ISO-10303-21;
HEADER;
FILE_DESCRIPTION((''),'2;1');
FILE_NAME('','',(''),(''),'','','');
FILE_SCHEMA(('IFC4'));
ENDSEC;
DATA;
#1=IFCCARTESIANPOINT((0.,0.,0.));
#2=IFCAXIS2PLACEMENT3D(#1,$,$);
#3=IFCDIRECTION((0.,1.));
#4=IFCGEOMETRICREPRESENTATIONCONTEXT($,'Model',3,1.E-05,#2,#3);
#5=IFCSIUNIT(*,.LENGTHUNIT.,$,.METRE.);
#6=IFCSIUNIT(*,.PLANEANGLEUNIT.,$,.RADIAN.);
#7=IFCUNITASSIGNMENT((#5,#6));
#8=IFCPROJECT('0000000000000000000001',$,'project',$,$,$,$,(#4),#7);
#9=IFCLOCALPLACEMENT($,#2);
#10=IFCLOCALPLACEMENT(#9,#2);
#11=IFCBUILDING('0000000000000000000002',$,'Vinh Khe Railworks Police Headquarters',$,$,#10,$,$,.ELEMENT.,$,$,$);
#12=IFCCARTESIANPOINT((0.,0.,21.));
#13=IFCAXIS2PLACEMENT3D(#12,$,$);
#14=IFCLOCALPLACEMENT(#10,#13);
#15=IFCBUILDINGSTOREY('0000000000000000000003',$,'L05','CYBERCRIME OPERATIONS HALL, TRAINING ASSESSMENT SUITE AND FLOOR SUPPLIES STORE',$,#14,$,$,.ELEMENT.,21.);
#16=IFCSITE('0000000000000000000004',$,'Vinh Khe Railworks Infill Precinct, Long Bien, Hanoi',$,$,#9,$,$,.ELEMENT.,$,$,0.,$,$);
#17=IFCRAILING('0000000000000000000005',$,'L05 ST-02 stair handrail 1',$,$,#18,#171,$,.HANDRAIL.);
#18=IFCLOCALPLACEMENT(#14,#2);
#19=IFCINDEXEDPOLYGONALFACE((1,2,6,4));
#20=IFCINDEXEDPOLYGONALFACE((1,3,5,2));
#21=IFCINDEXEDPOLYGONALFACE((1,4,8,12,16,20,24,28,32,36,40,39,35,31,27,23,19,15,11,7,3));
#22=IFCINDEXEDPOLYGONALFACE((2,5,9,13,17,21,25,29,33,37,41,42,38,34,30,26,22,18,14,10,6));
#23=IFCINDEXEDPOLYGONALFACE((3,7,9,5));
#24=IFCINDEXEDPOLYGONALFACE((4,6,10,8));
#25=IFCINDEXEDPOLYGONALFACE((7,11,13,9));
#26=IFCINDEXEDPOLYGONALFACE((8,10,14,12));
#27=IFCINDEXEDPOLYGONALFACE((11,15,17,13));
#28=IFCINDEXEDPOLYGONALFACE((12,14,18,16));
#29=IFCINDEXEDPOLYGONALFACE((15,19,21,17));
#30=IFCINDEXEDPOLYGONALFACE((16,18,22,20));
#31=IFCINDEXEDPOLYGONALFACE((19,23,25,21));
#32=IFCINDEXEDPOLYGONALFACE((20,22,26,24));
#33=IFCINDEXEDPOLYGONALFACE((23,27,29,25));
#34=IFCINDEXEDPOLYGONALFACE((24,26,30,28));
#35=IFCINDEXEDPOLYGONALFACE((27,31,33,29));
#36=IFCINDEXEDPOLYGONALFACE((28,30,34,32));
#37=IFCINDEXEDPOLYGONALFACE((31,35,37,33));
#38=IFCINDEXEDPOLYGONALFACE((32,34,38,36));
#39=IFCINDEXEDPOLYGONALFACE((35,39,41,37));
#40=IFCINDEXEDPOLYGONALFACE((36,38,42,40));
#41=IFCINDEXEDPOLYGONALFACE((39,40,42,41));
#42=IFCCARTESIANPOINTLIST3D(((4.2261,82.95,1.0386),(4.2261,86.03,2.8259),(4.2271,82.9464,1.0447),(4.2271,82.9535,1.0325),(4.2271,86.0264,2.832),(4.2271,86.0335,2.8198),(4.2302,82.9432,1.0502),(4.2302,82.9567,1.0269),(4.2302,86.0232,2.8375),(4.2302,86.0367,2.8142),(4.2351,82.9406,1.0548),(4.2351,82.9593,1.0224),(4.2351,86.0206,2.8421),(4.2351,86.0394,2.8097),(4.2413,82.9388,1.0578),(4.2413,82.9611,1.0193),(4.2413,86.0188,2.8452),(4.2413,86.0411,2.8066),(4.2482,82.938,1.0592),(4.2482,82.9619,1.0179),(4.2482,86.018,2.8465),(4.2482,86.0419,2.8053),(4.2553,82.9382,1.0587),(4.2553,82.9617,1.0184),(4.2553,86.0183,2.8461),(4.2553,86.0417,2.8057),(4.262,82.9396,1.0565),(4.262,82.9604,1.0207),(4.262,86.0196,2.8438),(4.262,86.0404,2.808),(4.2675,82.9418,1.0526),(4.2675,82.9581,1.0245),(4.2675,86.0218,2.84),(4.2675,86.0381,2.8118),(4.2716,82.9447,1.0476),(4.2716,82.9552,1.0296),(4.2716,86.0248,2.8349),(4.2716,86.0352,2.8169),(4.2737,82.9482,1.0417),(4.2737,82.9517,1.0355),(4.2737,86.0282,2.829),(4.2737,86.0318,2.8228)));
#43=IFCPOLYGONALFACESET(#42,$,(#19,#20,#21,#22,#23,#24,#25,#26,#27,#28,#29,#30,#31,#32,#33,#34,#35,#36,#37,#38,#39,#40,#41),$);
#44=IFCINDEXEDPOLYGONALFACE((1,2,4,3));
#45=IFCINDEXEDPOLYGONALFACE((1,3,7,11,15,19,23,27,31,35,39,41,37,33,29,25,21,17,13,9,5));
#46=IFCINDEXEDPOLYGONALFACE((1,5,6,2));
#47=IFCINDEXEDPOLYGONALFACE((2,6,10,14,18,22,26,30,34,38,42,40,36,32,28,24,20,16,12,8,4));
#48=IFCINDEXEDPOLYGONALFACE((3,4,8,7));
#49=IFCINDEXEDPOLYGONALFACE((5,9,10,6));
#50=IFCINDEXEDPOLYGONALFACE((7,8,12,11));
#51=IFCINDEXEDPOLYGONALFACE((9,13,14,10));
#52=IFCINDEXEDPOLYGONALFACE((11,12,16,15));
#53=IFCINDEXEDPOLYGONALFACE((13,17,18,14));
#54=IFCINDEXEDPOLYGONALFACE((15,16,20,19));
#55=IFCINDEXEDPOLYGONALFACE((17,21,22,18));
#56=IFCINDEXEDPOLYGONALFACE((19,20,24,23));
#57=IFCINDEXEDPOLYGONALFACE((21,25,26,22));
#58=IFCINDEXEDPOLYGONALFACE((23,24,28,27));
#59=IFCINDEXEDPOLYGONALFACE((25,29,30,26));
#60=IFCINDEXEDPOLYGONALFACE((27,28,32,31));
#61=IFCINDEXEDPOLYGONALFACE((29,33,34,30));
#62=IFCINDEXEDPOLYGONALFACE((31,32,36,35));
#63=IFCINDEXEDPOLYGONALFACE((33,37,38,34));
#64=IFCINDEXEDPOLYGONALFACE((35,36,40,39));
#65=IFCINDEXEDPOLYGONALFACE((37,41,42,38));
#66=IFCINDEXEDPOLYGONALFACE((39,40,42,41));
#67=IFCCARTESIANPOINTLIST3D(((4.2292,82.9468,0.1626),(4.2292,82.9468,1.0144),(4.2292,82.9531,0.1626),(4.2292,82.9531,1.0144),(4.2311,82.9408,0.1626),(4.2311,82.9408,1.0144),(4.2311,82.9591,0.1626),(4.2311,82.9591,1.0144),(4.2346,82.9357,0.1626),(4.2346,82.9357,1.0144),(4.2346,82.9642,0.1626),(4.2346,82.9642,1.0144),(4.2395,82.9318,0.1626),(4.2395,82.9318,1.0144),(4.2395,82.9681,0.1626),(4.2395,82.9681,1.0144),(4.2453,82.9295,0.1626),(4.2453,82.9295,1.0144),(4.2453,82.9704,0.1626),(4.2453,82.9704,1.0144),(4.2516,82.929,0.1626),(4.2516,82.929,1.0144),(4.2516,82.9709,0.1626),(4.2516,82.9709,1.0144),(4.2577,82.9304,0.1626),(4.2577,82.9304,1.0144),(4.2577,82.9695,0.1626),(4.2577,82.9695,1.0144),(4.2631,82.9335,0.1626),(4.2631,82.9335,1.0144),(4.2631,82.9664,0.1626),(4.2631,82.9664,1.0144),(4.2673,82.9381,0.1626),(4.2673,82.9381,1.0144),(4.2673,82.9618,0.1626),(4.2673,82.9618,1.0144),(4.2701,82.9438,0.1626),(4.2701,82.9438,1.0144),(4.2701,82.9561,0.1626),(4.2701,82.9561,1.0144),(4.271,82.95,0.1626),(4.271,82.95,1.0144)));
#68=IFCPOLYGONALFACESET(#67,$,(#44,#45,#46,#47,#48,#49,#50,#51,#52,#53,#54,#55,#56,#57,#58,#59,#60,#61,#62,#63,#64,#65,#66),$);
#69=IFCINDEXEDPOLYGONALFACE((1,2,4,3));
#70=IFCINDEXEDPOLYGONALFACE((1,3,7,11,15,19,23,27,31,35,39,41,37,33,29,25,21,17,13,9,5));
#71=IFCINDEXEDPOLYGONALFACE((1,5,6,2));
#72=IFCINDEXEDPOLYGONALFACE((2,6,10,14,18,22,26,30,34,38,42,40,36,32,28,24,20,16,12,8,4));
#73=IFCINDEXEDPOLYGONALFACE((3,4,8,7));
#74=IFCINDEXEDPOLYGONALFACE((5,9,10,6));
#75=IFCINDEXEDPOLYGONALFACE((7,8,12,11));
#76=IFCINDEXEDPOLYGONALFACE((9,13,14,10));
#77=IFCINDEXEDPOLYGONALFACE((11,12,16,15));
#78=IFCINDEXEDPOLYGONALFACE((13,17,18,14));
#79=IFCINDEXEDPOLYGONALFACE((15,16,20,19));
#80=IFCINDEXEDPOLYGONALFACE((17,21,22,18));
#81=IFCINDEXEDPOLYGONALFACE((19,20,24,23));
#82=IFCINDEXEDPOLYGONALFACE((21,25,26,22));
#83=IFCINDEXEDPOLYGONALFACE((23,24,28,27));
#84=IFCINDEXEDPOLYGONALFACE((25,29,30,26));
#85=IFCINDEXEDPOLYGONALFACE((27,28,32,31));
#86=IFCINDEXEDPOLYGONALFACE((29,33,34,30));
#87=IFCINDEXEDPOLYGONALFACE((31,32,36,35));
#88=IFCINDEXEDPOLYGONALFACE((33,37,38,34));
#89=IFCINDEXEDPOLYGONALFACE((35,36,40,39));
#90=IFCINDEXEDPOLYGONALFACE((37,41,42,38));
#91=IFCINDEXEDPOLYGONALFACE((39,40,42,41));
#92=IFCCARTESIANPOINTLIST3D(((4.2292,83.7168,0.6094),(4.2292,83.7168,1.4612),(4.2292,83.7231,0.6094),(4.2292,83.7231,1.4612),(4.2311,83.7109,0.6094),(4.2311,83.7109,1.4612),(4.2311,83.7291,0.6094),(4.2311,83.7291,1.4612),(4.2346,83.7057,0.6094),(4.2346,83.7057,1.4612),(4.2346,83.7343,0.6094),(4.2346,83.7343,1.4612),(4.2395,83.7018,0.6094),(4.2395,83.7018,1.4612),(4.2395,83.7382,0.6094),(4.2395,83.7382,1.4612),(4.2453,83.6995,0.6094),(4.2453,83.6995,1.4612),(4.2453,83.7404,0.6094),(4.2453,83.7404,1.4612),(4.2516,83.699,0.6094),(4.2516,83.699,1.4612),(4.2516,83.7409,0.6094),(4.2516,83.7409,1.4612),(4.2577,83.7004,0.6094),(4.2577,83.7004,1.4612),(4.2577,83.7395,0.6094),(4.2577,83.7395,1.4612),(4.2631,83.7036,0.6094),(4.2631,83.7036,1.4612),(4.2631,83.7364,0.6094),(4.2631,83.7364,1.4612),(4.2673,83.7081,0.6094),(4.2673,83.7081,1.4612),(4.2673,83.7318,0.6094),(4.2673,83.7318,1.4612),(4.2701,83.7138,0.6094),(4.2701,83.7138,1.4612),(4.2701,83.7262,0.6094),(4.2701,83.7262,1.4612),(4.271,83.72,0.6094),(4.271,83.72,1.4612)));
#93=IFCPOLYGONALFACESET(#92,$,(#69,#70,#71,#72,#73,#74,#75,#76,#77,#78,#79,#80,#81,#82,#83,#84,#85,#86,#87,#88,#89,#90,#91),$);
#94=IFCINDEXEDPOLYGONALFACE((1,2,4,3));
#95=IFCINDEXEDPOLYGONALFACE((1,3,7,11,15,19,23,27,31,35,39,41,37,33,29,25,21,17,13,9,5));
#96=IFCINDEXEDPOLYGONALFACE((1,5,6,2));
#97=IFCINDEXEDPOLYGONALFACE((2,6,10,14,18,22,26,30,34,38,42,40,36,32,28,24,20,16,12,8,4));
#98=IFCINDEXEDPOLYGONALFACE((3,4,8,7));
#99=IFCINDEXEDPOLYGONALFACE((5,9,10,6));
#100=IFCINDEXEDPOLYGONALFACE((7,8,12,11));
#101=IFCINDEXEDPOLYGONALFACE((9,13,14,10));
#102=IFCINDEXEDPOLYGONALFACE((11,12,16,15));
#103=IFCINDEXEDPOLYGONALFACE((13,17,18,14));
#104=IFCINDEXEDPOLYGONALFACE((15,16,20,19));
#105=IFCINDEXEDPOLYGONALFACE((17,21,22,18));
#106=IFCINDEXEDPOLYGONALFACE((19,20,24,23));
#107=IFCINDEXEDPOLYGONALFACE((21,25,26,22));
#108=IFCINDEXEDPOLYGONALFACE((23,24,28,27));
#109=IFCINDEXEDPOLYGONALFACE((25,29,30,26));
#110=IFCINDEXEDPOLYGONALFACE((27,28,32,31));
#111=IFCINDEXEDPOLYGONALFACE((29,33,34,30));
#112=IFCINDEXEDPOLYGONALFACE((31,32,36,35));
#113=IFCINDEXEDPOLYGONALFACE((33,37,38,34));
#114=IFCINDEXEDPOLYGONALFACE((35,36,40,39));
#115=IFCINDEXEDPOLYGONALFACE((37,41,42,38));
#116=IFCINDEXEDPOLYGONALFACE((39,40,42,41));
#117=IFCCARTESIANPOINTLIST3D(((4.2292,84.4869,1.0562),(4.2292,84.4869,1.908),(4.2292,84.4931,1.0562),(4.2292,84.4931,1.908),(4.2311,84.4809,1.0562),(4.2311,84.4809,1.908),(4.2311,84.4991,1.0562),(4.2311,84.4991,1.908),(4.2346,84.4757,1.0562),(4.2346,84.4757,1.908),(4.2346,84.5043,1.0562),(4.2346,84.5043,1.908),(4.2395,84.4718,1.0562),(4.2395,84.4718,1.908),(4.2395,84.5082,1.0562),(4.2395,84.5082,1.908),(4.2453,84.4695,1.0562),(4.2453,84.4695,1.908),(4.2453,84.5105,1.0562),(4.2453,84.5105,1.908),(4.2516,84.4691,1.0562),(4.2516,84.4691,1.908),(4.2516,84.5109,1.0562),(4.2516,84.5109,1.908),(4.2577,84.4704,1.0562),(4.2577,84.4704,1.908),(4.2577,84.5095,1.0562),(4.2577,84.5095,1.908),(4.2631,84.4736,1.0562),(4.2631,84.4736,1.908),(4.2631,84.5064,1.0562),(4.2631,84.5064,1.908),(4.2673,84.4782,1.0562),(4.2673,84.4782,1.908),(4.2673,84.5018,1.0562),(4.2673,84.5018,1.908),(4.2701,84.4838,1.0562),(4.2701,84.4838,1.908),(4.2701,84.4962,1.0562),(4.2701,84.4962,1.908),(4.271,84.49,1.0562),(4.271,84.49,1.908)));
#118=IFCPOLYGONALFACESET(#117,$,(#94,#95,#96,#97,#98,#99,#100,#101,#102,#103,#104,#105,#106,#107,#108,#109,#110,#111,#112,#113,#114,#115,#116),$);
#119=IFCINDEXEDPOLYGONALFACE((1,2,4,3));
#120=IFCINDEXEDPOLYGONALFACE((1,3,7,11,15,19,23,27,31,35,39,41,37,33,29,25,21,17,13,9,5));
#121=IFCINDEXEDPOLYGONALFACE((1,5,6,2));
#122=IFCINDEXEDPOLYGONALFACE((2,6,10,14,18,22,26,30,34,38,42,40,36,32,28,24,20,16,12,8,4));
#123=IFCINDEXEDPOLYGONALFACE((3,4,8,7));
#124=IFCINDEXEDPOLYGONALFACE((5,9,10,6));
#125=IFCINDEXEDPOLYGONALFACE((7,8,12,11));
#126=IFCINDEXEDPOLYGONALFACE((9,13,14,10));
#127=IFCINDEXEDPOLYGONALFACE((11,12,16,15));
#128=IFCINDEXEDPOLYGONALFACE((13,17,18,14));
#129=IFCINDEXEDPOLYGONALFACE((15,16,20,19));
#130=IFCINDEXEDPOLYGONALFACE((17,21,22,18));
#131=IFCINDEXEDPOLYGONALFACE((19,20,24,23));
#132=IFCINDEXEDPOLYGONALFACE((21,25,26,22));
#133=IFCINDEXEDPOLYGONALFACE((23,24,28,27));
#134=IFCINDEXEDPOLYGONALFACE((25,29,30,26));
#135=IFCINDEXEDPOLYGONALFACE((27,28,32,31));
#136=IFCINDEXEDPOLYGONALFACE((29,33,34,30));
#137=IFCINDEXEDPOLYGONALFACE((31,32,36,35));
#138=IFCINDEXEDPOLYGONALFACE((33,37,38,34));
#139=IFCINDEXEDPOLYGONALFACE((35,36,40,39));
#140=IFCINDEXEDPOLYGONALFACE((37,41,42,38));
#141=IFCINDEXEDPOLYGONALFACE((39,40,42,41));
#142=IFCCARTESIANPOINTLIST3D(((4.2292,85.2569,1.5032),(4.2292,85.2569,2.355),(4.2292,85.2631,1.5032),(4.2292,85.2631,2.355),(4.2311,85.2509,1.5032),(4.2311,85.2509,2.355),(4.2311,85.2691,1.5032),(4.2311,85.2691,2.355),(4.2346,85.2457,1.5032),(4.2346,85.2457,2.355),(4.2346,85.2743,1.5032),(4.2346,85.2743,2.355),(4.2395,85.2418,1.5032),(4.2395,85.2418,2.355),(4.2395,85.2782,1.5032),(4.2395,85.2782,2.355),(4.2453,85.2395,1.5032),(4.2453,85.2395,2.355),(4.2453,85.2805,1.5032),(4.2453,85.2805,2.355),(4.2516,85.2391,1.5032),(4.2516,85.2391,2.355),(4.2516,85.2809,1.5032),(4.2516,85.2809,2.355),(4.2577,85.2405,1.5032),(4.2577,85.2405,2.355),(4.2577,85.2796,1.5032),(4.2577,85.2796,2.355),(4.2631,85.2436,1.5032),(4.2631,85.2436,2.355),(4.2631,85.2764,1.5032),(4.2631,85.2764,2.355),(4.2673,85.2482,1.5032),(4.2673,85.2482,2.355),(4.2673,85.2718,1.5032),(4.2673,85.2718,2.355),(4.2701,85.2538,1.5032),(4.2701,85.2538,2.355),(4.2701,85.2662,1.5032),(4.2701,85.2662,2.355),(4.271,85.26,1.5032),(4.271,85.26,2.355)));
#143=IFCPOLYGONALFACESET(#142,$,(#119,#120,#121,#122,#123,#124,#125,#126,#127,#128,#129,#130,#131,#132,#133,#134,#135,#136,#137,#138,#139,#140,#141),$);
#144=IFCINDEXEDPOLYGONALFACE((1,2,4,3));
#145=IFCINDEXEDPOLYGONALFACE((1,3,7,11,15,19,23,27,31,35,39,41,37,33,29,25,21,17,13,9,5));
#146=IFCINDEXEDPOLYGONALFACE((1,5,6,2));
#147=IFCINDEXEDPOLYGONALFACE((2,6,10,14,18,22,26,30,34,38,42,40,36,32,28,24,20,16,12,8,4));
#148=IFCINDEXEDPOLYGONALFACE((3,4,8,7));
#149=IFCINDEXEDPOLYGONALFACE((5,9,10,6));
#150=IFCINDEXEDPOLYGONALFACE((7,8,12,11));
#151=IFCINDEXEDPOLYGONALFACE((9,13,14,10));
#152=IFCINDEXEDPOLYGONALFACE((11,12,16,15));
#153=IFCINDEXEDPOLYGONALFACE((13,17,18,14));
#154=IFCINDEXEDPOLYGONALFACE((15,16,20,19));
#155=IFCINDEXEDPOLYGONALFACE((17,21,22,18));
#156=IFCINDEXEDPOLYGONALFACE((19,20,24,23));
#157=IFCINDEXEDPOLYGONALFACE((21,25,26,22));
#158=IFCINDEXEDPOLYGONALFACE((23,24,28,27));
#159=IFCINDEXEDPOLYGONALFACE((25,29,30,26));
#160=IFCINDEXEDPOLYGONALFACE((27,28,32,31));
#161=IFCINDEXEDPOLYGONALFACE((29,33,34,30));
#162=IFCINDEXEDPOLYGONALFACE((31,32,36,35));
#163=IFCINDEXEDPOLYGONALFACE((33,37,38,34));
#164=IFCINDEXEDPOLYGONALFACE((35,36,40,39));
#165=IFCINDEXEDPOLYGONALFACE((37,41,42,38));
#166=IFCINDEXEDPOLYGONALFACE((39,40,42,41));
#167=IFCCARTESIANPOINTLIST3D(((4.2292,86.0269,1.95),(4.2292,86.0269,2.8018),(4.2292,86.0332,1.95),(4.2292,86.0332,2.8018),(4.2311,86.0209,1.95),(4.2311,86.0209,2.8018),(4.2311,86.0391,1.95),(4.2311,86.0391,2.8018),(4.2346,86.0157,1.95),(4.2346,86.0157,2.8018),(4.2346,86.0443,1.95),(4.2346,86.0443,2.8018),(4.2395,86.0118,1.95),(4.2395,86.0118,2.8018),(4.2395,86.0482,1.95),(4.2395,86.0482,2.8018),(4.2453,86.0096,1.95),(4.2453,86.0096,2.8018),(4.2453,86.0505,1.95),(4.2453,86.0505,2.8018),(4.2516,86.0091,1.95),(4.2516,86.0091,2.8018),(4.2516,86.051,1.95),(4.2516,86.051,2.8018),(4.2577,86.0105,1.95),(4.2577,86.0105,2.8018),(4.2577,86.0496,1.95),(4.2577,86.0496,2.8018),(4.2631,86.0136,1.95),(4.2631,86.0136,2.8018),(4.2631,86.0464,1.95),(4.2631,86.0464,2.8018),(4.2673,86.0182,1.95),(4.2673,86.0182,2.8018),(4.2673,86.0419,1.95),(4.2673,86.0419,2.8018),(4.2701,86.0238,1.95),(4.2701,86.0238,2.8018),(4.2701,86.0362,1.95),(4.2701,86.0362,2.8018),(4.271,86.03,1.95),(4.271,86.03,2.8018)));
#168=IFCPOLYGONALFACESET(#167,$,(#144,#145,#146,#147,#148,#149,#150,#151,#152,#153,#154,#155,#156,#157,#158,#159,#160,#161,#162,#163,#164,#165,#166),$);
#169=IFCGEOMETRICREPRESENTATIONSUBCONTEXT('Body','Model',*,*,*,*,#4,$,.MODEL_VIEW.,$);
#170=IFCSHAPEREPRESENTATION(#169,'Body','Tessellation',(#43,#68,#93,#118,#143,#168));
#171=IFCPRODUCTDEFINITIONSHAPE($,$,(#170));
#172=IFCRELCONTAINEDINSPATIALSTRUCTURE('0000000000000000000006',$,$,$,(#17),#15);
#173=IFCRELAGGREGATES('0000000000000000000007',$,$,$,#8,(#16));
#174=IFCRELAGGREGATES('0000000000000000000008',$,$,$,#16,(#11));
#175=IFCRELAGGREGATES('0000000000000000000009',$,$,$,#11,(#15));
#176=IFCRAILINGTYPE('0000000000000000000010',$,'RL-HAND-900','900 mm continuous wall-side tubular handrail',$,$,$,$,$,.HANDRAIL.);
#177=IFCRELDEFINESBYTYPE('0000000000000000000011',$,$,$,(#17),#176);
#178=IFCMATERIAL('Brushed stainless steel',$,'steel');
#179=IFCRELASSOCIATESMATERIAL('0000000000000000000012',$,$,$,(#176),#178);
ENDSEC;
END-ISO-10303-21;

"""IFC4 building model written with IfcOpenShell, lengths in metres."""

from ifc_helpers import new_model, si_unit, direction, frame, origin, origin_2d, place, context, subcontext, project, spatial, circle, extrude, material, type_object, element, save


model = new_model("IFC4")

# Units and contexts
model_context = context("Model", 3, precision=1e-05, world=origin(), true_north=direction((0.0, 1.0)))
body_context = subcontext(model_context, "Body", "Model", "MODEL_VIEW")
ifc_project = project(units=[si_unit("LENGTHUNIT", "METRE"), si_unit("PLANEANGLEUNIT", "RADIAN")], contexts=[model_context])

# Site, building, storey
site_placement = place(None, origin())
site = spatial("IfcSite", under=ifc_project, at=site_placement, Name="Vinh Khe Railworks Infill Precinct, Long Bien, Hanoi", CompositionType="ELEMENT", RefElevation=0.0)
building_placement = place(site_placement, origin())
building = spatial("IfcBuilding", under=site, at=building_placement, Name="Vinh Khe Railworks Police Headquarters", CompositionType="ELEMENT")
storey_placement = place(building_placement, frame((0.0, 0.0, 21.0)))
storey = spatial("IfcBuildingStorey", under=building, at=storey_placement, Name="L05", Description="CYBERCRIME OPERATIONS HALL, TRAINING ASSESSMENT SUITE AND FLOOR SUPPLIES STORE", CompositionType="ELEMENT", Elevation=21.0)

# Railing
ifc_material_1 = material(Name="Brushed stainless steel", Category="steel")
railing_type_1 = type_object("IfcRailingType", Name="RL-HAND-900", Description="900 mm continuous wall-side tubular handrail", PredefinedType="HANDRAIL", material=ifc_material_1)
railing_1_placement = place(storey_placement, frame((4.25, 82.95, 0.1626)))
element("IfcRailing", 1, at=railing_1_placement, inside=storey, type_object=railing_type_1, Name="L05 ST-02 stair handrail 1", PredefinedType="HANDRAIL", context=body_context, shape_type="SweptSolid", body=[
    extrude(circle(Radius=0.0239, at=origin_2d()), frame((0.0, 0.0, 0.876), z_axis=(0.0, 0.86492, 0.501909), x_axis=(-1.0, 0.0, 0.0)), (0.0, 0.0, 1.0), 3.561),
    extrude(circle(Radius=0.021, at=origin_2d()), origin(), (0.0, 0.0, 1.0), 0.8518),
    extrude(circle(Radius=0.021, at=origin_2d()), frame((0.0, 0.77, 0.4468)), (0.0, 0.0, 1.0), 0.8518),
    extrude(circle(Radius=0.021, at=origin_2d()), frame((0.0, 1.54, 0.8936)), (0.0, 0.0, 1.0), 0.8518),
    extrude(circle(Radius=0.021, at=origin_2d()), frame((0.0, 2.3101, 1.3406)), (0.0, 0.0, 1.0), 0.8518),
    extrude(circle(Radius=0.021, at=origin_2d()), frame((0.0, 3.0801, 1.7874)), (0.0, 0.0, 1.0), 0.8518),
])

save(model, "model.ifc")
